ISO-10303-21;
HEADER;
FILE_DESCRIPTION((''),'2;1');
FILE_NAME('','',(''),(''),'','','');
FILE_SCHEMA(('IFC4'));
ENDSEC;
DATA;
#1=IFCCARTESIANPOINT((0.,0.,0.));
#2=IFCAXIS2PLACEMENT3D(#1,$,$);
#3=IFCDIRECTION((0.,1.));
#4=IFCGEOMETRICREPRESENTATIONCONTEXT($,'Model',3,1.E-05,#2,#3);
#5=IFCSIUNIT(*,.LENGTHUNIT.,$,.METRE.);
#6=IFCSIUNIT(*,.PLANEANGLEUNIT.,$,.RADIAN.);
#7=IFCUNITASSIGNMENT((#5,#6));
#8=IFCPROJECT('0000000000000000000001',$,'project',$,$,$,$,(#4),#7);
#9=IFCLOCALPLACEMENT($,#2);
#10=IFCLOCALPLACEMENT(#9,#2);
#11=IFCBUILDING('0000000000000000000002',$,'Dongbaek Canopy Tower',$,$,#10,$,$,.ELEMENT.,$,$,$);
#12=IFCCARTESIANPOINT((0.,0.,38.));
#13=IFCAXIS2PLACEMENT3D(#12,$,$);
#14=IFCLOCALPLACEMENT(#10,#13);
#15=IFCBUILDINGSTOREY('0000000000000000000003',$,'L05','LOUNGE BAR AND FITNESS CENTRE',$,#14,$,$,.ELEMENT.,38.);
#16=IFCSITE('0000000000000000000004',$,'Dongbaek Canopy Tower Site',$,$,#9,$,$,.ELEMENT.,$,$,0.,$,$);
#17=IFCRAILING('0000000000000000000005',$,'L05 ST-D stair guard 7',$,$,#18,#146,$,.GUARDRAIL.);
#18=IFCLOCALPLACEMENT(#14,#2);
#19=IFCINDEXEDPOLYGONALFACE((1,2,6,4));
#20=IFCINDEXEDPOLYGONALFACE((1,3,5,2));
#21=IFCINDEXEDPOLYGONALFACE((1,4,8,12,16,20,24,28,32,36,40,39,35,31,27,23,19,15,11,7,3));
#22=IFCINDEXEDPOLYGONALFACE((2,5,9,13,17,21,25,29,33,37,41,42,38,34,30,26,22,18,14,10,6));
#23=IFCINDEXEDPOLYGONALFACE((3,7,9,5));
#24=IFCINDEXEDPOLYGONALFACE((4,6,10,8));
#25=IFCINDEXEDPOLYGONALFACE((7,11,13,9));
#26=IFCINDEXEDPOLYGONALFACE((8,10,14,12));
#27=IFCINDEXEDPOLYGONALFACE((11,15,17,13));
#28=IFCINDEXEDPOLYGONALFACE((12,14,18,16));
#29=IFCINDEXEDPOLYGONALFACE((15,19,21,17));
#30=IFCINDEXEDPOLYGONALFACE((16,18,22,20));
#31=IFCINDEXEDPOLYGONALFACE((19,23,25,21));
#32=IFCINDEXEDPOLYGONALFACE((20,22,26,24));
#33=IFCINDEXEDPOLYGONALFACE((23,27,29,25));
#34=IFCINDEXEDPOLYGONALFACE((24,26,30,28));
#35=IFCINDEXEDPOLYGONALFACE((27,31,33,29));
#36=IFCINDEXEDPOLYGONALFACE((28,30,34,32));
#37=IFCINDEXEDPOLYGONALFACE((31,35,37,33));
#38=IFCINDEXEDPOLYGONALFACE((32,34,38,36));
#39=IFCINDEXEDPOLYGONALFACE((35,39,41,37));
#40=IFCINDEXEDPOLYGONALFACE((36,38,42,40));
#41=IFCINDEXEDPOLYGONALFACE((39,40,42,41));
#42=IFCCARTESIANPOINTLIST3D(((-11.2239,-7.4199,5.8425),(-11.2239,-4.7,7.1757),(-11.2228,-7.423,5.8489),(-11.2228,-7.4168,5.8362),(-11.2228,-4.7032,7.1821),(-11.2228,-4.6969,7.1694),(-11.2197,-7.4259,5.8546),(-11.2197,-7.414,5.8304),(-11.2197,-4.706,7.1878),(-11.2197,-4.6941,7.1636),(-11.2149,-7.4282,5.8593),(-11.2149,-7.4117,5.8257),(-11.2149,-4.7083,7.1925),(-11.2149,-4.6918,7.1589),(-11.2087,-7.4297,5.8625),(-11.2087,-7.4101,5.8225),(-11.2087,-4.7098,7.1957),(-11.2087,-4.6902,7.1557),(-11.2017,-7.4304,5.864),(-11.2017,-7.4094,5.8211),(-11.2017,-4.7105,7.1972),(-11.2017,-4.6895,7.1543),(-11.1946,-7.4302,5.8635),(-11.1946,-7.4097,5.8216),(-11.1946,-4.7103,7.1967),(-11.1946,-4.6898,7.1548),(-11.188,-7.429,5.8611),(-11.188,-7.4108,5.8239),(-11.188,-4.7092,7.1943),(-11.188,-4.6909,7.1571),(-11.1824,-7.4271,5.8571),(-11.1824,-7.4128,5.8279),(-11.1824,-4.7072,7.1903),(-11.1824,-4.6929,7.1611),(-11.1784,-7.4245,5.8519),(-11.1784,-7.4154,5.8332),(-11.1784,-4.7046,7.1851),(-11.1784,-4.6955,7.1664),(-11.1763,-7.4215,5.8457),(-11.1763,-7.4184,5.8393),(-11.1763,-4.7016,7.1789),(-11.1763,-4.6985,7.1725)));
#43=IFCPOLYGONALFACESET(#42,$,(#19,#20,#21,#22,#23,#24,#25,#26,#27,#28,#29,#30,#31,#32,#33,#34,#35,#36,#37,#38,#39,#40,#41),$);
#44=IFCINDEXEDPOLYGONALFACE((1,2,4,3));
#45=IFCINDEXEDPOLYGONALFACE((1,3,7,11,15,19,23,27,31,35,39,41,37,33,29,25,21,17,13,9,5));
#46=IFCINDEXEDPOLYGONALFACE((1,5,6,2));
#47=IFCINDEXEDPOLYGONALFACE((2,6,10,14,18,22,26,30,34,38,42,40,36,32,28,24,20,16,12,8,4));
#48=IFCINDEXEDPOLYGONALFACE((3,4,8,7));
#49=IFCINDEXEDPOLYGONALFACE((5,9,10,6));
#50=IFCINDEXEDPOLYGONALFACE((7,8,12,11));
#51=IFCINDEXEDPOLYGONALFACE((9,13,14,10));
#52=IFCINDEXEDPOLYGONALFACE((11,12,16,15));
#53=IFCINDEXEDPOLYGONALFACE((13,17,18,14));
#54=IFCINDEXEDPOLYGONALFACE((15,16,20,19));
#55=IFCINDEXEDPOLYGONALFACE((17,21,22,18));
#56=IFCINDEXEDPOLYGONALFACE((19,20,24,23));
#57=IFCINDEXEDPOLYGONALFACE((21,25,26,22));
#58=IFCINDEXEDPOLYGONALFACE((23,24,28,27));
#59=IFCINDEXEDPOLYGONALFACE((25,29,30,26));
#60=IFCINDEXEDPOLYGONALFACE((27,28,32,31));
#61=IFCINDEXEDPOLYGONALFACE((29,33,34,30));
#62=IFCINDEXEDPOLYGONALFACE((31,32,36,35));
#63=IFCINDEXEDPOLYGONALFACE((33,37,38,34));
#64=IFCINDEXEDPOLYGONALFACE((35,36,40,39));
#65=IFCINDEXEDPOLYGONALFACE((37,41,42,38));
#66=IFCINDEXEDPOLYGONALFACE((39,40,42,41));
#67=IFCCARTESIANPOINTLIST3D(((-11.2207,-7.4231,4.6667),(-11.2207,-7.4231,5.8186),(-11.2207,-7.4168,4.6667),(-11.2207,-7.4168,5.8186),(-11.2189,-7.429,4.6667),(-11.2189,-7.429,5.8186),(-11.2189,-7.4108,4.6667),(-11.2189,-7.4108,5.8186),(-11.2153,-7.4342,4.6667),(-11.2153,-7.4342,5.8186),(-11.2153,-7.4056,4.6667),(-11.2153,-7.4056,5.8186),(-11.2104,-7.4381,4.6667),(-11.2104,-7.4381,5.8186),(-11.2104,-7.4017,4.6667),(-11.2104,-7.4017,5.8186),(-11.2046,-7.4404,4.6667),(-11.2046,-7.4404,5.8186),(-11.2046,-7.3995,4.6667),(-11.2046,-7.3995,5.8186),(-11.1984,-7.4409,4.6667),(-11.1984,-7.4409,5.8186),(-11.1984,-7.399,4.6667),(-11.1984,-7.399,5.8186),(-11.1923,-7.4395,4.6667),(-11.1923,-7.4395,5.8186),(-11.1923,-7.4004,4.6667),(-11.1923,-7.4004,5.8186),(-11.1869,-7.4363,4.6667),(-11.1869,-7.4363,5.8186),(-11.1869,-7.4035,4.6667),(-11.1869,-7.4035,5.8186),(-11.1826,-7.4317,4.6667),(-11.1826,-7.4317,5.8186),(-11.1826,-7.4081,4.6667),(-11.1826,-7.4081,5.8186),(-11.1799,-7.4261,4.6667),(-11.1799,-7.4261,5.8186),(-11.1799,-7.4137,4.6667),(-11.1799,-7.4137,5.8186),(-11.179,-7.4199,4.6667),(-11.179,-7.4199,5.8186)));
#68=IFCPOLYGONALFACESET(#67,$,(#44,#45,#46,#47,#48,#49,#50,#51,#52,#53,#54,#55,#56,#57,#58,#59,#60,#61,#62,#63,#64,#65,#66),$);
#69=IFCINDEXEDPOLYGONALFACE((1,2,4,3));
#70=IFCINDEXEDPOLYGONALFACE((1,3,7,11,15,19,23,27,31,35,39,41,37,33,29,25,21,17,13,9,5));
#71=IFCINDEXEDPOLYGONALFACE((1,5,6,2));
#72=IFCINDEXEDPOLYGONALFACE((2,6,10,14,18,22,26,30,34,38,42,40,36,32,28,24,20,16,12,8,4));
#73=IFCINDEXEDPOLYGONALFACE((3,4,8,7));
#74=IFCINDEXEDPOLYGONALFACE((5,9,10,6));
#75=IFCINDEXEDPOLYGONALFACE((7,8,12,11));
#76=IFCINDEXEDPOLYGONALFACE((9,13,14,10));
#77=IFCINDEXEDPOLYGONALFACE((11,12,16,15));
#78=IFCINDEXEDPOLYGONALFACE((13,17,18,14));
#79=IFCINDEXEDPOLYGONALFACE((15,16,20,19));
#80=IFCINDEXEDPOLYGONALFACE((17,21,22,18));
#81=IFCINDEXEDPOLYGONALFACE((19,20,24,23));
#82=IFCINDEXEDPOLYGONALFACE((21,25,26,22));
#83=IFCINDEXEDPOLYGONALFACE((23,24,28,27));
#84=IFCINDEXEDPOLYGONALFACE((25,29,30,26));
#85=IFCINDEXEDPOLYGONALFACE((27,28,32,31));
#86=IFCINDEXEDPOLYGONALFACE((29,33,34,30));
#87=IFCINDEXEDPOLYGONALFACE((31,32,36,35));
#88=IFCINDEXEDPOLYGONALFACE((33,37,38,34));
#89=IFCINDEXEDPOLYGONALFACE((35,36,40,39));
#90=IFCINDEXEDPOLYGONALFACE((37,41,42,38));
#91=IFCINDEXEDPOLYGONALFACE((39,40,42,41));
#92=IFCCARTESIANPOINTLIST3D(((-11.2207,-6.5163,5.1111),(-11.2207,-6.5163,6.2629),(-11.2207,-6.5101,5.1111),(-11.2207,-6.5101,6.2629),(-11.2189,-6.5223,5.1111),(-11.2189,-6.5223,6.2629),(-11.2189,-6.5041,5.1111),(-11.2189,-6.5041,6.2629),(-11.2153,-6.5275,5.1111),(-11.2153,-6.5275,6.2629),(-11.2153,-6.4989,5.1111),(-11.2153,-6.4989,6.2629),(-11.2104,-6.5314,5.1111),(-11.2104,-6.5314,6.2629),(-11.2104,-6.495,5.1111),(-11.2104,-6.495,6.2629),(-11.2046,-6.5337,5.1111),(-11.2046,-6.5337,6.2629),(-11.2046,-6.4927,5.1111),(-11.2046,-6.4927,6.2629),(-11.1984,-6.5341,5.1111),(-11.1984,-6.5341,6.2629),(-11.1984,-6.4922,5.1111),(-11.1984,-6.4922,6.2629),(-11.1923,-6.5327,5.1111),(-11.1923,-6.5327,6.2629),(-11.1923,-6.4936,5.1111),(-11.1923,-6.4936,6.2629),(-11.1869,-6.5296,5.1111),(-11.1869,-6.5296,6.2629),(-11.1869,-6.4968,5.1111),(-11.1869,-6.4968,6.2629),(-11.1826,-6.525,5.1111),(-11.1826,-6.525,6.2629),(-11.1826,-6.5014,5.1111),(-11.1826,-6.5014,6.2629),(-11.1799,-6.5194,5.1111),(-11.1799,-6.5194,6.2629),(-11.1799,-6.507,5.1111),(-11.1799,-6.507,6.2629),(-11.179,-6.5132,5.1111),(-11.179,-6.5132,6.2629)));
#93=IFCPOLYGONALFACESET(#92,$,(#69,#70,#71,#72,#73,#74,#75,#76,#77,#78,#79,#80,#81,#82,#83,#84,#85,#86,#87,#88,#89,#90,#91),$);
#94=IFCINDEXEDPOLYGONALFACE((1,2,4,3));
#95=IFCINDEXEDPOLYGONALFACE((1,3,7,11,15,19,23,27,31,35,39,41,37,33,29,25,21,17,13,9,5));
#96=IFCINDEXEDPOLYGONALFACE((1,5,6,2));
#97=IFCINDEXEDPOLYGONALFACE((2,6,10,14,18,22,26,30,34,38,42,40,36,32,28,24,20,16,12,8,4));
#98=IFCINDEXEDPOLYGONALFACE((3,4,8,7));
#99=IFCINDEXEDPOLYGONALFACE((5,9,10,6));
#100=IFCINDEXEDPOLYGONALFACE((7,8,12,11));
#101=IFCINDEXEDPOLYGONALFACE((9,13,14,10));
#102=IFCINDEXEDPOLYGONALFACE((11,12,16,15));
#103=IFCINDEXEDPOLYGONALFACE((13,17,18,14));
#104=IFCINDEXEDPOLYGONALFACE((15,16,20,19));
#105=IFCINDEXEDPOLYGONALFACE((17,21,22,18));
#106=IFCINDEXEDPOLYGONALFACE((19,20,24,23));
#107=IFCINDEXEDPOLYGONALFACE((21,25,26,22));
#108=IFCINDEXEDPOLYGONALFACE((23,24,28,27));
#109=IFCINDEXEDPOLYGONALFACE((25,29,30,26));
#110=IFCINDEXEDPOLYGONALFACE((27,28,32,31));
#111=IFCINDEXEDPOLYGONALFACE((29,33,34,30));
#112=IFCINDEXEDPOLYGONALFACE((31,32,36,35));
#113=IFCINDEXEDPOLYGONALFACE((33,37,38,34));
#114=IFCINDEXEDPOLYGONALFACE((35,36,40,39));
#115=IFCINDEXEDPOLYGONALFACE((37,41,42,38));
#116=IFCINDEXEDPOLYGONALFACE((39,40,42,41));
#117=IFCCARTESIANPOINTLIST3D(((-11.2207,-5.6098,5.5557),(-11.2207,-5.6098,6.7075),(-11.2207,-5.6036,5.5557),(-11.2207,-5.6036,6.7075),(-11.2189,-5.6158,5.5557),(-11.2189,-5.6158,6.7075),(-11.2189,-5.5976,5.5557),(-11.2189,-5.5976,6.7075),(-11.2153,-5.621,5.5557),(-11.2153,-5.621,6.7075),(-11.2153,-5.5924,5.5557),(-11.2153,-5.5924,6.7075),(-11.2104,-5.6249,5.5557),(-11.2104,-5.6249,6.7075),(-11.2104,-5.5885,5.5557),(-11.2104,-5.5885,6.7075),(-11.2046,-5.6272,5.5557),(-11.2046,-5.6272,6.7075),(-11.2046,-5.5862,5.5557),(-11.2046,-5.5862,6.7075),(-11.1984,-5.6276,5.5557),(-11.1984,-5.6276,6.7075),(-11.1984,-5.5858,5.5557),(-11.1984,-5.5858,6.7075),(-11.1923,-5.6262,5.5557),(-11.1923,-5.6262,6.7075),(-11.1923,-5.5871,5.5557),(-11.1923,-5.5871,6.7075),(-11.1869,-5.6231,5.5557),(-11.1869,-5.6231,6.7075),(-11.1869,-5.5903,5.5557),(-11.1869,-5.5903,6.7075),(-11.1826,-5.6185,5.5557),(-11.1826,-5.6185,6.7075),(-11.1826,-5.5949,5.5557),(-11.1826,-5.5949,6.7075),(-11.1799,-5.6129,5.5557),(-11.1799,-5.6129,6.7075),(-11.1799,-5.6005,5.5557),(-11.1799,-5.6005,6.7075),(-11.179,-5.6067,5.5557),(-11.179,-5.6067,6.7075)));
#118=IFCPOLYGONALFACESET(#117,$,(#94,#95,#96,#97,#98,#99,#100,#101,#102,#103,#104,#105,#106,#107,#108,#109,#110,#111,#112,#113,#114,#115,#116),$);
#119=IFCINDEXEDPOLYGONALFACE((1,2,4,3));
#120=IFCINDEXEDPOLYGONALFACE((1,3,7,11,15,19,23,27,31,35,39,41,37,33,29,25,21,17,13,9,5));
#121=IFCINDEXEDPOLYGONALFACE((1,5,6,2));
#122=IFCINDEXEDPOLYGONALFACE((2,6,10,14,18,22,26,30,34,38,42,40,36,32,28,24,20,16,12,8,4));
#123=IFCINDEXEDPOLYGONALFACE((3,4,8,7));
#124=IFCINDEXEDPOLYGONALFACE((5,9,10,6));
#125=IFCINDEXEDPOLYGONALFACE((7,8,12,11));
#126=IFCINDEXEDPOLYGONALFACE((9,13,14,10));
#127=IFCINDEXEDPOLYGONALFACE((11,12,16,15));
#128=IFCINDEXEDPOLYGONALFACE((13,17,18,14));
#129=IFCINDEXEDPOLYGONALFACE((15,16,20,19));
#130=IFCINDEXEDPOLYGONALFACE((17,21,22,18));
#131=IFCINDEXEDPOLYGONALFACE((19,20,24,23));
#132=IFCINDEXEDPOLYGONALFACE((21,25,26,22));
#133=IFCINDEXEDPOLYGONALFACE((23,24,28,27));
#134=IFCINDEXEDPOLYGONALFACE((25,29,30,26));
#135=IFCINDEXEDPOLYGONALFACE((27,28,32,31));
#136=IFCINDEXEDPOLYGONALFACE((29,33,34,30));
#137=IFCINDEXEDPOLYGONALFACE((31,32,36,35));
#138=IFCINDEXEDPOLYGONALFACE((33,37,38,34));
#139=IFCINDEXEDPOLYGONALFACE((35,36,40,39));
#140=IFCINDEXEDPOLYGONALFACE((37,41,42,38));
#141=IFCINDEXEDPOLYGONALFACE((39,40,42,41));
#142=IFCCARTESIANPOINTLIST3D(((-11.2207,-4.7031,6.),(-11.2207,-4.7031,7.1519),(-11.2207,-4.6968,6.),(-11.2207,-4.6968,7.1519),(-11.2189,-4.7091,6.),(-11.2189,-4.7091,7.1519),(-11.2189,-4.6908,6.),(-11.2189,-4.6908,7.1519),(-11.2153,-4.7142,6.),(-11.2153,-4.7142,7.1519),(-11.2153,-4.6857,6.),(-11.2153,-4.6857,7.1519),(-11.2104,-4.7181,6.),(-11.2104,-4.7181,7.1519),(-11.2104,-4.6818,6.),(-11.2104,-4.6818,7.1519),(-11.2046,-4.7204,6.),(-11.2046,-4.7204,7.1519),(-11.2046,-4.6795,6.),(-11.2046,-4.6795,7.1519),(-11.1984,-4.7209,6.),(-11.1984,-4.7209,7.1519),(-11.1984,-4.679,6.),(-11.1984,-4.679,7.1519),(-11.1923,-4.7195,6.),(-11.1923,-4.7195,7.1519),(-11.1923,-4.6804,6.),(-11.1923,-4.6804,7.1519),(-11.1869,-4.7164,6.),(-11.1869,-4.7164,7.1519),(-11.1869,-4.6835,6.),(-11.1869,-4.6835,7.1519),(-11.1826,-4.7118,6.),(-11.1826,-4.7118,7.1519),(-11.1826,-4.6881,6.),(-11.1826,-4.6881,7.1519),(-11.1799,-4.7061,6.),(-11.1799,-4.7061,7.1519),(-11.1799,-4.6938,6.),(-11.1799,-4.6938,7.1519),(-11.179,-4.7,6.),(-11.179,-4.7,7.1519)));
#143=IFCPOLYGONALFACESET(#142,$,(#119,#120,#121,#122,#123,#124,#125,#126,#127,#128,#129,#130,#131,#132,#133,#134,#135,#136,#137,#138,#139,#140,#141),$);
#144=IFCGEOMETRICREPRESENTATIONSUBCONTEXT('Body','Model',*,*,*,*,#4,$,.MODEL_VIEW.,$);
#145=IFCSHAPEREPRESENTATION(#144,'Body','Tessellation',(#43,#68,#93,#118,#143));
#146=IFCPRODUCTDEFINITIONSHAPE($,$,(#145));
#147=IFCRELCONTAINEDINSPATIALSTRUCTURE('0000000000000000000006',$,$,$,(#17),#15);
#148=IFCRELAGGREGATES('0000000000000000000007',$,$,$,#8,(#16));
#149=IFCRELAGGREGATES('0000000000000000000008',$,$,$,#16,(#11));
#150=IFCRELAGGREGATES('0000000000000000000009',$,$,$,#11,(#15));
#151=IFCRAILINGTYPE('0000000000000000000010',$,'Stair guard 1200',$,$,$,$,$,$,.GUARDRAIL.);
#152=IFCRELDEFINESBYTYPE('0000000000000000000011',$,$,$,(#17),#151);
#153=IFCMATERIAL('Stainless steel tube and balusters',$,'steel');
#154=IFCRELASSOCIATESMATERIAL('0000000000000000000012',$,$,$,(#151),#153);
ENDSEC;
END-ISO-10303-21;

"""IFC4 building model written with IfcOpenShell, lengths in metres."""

from ifc_helpers import new_model, si_unit, direction, frame, origin, origin_2d, place, context, subcontext, project, spatial, circle, extrude, material, type_object, element, save


model = new_model("IFC4")

# Units and contexts
model_context = context("Model", 3, precision=1e-05, world=origin(), true_north=direction((0.0, 1.0)))
body_context = subcontext(model_context, "Body", "Model", "MODEL_VIEW")
ifc_project = project(units=[si_unit("LENGTHUNIT", "METRE"), si_unit("PLANEANGLEUNIT", "RADIAN")], contexts=[model_context])

# Site, building, storey
site_placement = place(None, origin())
site = spatial("IfcSite", under=ifc_project, at=site_placement, Name="Dongbaek Canopy Tower Site", CompositionType="ELEMENT", RefElevation=0.0)
building_placement = place(site_placement, origin())
building = spatial("IfcBuilding", under=site, at=building_placement, Name="Dongbaek Canopy Tower", CompositionType="ELEMENT")
storey_placement = place(building_placement, frame((0.0, 0.0, 38.0)))
storey = spatial("IfcBuildingStorey", under=building, at=storey_placement, Name="L05", Description="LOUNGE BAR AND FITNESS CENTRE", CompositionType="ELEMENT", Elevation=38.0)

# Railing
ifc_material_1 = material(Name="Stainless steel tube and balusters", Category="steel")
railing_type_1 = type_object("IfcRailingType", Name="Stair guard 1200", PredefinedType="GUARDRAIL", material=ifc_material_1)
railing_1_placement = place(storey_placement, frame((-11.2, -7.4199, 4.6667)))
element("IfcRailing", 1, at=railing_1_placement, inside=storey, type_object=railing_type_1, Name="L05 ST-D stair guard 7", PredefinedType="GUARDRAIL", context=body_context, shape_type="SweptSolid", body=[
    extrude(circle(Radius=0.0239, at=origin_2d()), frame((0.0, 0.0, 1.1758), z_axis=(0.0, 0.897929, 0.440139), x_axis=(-1.0, 0.0, 0.0)), (0.0, 0.0, 1.0), 3.0291),
    extrude(circle(Radius=0.021, at=origin_2d()), origin(), (0.0, 0.0, 1.0), 1.1519),
    extrude(circle(Radius=0.021, at=origin_2d()), frame((0.0, 0.9067, 0.4443)), (0.0, 0.0, 1.0), 1.1519),
    extrude(circle(Radius=0.021, at=origin_2d()), frame((0.0, 1.8132, 0.8889)), (0.0, 0.0, 1.0), 1.1519),
    extrude(circle(Radius=0.021, at=origin_2d()), frame((0.0, 2.72, 1.3333)), (0.0, 0.0, 1.0), 1.1519),
])

save(model, "model.ifc")
